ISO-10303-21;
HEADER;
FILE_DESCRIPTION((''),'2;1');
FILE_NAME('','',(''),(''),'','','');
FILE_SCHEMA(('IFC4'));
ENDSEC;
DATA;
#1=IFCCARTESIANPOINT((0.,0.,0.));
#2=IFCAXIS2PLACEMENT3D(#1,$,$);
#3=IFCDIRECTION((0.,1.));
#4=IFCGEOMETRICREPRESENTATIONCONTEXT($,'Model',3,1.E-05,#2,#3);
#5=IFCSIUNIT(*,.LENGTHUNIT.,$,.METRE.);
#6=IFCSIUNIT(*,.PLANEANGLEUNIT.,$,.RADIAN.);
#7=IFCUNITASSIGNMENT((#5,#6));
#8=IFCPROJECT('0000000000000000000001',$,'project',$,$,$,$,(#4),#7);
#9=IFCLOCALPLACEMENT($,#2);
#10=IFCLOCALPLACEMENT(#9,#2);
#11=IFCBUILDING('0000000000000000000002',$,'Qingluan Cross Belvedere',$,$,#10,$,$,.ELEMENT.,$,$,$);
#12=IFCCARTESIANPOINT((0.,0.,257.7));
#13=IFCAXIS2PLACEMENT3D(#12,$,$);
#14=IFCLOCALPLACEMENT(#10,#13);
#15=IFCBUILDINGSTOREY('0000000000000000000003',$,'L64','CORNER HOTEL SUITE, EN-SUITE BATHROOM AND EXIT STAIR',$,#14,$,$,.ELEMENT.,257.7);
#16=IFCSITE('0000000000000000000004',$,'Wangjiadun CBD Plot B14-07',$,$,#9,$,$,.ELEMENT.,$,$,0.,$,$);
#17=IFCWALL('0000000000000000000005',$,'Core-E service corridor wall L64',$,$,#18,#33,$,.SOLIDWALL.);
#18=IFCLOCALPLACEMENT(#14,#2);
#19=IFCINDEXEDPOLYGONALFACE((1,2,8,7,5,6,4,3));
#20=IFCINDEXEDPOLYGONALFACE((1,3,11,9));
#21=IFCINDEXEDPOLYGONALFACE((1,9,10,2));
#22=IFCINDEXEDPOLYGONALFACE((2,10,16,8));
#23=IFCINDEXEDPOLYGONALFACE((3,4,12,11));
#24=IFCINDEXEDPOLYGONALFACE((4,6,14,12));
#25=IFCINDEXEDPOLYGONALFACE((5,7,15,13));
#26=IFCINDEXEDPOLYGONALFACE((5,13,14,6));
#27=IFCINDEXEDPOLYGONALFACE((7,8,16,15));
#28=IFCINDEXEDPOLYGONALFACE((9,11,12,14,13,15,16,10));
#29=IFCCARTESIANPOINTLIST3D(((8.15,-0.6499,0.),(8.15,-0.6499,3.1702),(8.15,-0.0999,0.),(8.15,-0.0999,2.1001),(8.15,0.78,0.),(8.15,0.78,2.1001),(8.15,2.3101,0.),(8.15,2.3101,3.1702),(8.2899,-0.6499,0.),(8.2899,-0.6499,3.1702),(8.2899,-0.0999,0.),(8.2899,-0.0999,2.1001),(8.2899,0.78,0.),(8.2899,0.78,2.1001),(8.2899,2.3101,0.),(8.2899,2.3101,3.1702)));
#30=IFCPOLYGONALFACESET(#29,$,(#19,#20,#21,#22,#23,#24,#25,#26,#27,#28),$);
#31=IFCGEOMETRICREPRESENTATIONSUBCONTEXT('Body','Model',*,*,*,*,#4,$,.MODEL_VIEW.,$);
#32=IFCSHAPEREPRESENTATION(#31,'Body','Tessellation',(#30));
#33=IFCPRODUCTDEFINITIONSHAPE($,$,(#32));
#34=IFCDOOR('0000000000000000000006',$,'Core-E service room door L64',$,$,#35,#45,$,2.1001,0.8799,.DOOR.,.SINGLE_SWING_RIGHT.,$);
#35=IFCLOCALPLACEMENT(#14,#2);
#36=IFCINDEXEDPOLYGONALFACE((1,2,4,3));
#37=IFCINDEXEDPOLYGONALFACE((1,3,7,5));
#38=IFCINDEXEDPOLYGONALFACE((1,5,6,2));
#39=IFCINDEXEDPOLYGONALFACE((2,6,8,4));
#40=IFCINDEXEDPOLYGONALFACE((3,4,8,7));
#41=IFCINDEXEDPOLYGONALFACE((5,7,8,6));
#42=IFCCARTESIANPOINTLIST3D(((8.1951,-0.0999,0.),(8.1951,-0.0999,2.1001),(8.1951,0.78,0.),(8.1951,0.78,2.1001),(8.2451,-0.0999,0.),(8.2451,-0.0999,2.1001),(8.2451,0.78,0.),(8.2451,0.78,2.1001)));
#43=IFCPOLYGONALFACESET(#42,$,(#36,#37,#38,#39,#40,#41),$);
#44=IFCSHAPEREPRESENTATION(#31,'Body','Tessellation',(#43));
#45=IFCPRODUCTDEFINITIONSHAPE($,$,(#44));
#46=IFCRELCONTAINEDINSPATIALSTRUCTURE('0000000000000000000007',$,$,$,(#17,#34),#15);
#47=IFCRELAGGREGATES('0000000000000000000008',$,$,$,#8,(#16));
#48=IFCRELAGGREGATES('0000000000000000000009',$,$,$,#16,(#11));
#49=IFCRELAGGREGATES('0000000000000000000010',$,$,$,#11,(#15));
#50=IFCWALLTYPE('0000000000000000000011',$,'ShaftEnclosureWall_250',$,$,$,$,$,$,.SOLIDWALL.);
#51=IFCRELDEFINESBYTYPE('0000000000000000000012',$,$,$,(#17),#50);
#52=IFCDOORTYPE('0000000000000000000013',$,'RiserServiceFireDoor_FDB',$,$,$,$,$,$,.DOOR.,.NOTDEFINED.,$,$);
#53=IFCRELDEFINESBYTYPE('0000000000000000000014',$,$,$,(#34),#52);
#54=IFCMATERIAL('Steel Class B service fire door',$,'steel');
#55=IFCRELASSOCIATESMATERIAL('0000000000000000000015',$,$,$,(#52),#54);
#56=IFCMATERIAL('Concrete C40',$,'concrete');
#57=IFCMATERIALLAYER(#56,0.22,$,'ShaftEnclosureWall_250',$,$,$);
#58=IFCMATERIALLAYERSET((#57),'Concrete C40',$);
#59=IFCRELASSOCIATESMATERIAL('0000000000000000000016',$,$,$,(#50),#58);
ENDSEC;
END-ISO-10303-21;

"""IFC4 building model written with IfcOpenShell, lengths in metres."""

from ifc_helpers import new_model, si_unit, direction, frame, frame_2d, origin, place, context, subcontext, project, spatial, rectangle, extrude, material, layer, layer_set, type_object, element, fill, save


model = new_model("IFC4")

# Units and contexts
model_context = context("Model", 3, precision=1e-05, world=origin(), true_north=direction((0.0, 1.0)))
body_context = subcontext(model_context, "Body", "Model", "MODEL_VIEW")
ifc_project = project(units=[si_unit("LENGTHUNIT", "METRE"), si_unit("PLANEANGLEUNIT", "RADIAN")], contexts=[model_context])

# Site, building, storey
site_placement = place(None, origin())
site = spatial("IfcSite", under=ifc_project, at=site_placement, Name="Wangjiadun CBD Plot B14-07", CompositionType="ELEMENT", RefElevation=0.0)
building_placement = place(site_placement, origin())
building = spatial("IfcBuilding", under=site, at=building_placement, Name="Qingluan Cross Belvedere", CompositionType="ELEMENT")
storey_placement = place(building_placement, frame((0.0, 0.0, 257.7)))
storey = spatial("IfcBuildingStorey", under=building, at=storey_placement, Name="L64", Description="CORNER HOTEL SUITE, EN-SUITE BATHROOM AND EXIT STAIR", CompositionType="ELEMENT", Elevation=257.7)

# Shared definitions
ifc_material_1 = material(Name="Steel Class B service fire door", Category="steel")
door_type_1 = type_object("IfcDoorType", Name="RiserServiceFireDoor_FDB", OperationType="NOTDEFINED", PredefinedType="DOOR", material=ifc_material_1)

# Shared definitions
ifc_material_2 = material(Name="Concrete C40", Category="concrete")
ifc_layer_1 = layer(ifc_material_2, 0.22, Name="ShaftEnclosureWall_250")
ifc_layer_set_1 = layer_set([ifc_layer_1], Name="Concrete C40")
wall_type_1 = type_object("IfcWallType", Name="ShaftEnclosureWall_250", PredefinedType="SOLIDWALL", material=ifc_layer_set_1)

# Wall, opening, door
wall_1_placement = place(storey_placement, frame((8.22, -0.6499, 0.0), z_axis=(0.0, 0.0, 1.0), x_axis=(0.0, 1.0, 0.0)))
wall_1 = element("IfcWall", 1, at=wall_1_placement, inside=storey, type_object=wall_type_1, Name="Core-E service corridor wall L64", PredefinedType="SOLIDWALL", context=body_context, shape_type="SweptSolid", body=[
    extrude(rectangle(XDim=2.96, YDim=0.1399, at=frame_2d((1.48, 0.0))), origin(), (0.0, 0.0, 1.0), 3.1702),
])
opening_1_placement = place(wall_1_placement, frame((0.55, 0.0, 0.0)))
opening_1 = element("IfcOpeningElement", 2, at=opening_1_placement, cuts=wall_1, PredefinedType="OPENING", context=body_context, shape_type="SweptSolid", body=[
    extrude(rectangle(XDim=0.8799, YDim=2.1001, at=frame_2d((0.4399, 1.05))), frame((0.0, 0.0798, 0.0), z_axis=(0.0, -1.0, 0.0), x_axis=(1.0, 0.0, 0.0)), (0.0, 0.0, 1.0), 0.1599),
])
door_1_placement = place(opening_1_placement, origin())
door_1 = element("IfcDoor", 3, at=door_1_placement, inside=storey, type_object=door_type_1, Name="Core-E service room door L64", OperationType="SINGLE_SWING_RIGHT", OverallHeight=2.1001, OverallWidth=0.8799, PredefinedType="DOOR", context=body_context, shape_type="SweptSolid", body=[
    extrude(rectangle(XDim=0.8799, YDim=2.1001, at=frame_2d((0.4399, 1.05))), frame((0.0, 0.0249, 0.0), z_axis=(0.0, -1.0, 0.0), x_axis=(1.0, 0.0, 0.0)), (0.0, 0.0, 1.0), 0.05),
])
fill(opening_1, door_1)

save(model, "model.ifc")
